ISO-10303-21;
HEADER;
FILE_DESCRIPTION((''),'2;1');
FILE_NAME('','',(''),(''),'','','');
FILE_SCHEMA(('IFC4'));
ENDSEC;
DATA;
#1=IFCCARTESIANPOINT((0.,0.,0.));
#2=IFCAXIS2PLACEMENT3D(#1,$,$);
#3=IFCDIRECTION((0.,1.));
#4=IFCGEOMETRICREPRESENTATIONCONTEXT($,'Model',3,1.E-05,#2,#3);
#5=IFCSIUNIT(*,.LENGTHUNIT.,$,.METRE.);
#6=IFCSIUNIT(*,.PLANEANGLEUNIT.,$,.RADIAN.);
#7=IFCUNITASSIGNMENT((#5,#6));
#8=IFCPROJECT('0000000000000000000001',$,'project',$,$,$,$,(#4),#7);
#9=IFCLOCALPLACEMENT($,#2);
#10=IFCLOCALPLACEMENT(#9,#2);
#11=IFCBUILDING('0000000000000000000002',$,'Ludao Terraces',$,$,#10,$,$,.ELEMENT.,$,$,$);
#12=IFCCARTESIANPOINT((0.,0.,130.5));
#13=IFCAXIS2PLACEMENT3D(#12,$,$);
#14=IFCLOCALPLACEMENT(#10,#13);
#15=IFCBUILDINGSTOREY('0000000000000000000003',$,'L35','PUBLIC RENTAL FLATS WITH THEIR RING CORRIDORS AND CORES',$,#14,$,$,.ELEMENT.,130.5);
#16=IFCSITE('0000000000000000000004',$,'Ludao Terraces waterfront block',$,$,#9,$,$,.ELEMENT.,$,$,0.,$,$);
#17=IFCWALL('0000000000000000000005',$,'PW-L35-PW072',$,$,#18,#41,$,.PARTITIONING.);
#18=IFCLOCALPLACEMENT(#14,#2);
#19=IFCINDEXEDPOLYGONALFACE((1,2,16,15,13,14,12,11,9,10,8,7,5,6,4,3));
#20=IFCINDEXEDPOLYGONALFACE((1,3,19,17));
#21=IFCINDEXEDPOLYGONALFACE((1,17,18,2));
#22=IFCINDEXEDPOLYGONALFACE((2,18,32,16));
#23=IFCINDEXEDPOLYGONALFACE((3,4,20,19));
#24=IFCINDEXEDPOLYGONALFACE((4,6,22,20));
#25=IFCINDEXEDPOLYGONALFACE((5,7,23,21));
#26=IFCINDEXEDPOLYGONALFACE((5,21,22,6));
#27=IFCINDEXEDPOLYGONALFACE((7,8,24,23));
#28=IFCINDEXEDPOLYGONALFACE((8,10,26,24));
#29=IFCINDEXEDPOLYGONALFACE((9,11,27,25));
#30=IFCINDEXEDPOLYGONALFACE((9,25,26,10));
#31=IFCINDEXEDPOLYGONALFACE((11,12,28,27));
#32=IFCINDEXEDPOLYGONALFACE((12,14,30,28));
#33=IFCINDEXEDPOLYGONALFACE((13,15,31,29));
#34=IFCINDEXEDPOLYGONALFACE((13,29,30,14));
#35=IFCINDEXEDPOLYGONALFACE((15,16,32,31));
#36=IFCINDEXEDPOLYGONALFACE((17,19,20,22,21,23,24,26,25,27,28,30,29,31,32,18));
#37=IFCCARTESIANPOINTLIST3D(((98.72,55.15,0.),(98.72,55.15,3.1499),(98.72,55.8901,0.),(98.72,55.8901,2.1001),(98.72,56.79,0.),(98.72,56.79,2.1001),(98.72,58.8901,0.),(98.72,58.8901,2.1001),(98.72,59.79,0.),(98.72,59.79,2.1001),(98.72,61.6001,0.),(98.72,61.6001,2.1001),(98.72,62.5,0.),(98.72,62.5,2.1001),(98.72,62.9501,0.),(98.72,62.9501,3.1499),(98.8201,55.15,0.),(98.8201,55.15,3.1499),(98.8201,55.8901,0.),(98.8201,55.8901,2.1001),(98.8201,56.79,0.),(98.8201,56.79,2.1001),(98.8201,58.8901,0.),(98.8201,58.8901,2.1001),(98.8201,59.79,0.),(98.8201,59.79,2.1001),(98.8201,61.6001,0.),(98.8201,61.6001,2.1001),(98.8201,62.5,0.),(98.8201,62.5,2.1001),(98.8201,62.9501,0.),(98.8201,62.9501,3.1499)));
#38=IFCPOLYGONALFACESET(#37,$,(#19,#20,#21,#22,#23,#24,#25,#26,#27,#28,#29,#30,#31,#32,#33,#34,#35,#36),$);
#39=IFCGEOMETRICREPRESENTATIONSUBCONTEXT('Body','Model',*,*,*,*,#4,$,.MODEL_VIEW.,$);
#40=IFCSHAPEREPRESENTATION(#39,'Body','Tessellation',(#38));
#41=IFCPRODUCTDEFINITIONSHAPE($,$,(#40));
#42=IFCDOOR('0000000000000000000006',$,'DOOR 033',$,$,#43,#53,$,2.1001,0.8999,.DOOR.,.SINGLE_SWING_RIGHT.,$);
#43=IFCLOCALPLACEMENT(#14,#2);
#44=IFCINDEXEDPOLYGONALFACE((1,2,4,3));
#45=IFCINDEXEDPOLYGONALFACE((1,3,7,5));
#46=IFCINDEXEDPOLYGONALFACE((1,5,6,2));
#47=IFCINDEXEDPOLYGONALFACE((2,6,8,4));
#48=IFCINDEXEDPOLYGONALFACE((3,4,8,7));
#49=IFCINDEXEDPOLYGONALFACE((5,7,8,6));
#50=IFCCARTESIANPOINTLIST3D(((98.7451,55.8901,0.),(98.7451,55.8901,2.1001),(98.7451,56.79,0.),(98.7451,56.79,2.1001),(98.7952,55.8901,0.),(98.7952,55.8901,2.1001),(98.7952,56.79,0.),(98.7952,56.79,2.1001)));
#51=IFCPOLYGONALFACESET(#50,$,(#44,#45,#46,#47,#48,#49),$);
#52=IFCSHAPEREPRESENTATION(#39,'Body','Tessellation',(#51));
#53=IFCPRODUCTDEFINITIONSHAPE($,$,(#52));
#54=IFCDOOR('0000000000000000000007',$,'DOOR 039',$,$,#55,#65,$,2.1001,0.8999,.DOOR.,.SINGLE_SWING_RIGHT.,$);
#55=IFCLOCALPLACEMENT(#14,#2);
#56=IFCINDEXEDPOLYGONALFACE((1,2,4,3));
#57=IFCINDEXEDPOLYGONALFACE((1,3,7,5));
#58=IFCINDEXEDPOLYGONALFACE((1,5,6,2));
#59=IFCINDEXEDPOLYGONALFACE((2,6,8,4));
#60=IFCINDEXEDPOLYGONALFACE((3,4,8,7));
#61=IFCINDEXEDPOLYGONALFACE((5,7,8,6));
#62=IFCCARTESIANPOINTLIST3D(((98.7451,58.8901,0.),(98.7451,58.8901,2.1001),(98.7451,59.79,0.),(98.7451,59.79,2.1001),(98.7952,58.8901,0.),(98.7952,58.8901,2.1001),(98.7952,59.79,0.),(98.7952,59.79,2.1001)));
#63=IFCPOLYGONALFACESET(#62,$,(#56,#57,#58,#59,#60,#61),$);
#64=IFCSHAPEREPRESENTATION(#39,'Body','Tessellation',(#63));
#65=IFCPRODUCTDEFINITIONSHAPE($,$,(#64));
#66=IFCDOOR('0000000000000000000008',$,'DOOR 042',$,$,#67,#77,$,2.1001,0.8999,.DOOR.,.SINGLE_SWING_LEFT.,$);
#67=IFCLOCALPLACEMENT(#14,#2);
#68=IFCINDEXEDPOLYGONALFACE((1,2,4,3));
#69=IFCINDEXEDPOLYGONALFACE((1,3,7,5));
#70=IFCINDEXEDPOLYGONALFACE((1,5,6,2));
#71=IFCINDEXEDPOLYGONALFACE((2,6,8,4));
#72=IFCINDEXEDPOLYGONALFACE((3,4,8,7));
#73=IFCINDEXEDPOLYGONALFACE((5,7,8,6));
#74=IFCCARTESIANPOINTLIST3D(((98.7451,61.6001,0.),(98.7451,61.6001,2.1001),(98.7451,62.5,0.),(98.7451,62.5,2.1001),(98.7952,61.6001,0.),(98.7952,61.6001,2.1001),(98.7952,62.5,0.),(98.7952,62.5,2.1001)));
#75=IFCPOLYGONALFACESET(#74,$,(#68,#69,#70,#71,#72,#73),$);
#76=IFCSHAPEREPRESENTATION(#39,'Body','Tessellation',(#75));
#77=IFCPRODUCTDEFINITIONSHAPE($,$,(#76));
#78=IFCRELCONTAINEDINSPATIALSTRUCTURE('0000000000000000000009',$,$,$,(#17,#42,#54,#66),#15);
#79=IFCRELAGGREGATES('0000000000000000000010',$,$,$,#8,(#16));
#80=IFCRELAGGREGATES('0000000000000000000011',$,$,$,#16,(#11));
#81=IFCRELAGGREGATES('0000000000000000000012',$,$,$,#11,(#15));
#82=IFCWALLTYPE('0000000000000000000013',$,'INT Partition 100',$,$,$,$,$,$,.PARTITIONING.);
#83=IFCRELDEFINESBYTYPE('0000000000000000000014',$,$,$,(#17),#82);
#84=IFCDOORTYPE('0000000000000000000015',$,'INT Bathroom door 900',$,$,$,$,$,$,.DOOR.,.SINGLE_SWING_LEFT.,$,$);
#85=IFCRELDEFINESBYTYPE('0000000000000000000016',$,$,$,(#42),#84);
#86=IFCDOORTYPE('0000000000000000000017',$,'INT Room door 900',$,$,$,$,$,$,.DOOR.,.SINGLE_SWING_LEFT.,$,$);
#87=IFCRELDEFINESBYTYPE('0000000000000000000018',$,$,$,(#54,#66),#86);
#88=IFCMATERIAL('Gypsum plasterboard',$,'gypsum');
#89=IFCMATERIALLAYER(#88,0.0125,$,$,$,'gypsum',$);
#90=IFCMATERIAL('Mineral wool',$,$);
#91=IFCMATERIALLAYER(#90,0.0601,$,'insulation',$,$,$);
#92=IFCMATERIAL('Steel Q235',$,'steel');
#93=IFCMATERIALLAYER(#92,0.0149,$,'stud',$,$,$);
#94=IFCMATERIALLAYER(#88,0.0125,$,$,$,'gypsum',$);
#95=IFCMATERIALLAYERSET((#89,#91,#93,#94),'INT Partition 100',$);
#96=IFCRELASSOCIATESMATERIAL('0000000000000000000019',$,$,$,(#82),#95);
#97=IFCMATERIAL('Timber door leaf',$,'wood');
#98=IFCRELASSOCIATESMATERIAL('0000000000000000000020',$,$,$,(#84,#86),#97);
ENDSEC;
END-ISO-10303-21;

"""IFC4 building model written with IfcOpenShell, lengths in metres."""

from ifc_helpers import new_model, si_unit, direction, frame, frame_2d, origin, place, context, subcontext, project, spatial, rectangle, extrude, material, layer, layer_set, type_object, element, fill, save


model = new_model("IFC4")

# Units and contexts
model_context = context("Model", 3, precision=1e-05, world=origin(), true_north=direction((0.0, 1.0)))
body_context = subcontext(model_context, "Body", "Model", "MODEL_VIEW")
ifc_project = project(units=[si_unit("LENGTHUNIT", "METRE"), si_unit("PLANEANGLEUNIT", "RADIAN")], contexts=[model_context])

# Site, building, storey
site_placement = place(None, origin())
site = spatial("IfcSite", under=ifc_project, at=site_placement, Name="Ludao Terraces waterfront block", CompositionType="ELEMENT", RefElevation=0.0)
building_placement = place(site_placement, origin())
building = spatial("IfcBuilding", under=site, at=building_placement, Name="Ludao Terraces", CompositionType="ELEMENT")
storey_placement = place(building_placement, frame((0.0, 0.0, 130.5)))
storey = spatial("IfcBuildingStorey", under=building, at=storey_placement, Name="L35", Description="PUBLIC RENTAL FLATS WITH THEIR RING CORRIDORS AND CORES", CompositionType="ELEMENT", Elevation=130.5)

# Shared definitions
ifc_material_1 = material(Name="Mineral wool")

# Shared definitions
ifc_material_2 = material(Name="Steel Q235", Category="steel")

# Shared definitions
ifc_material_3 = material(Name="Gypsum plasterboard", Category="gypsum")
ifc_layer_1 = layer(ifc_material_3, 0.0125, Category="gypsum")
ifc_layer_2 = layer(ifc_material_1, 0.0601, Name="insulation")
ifc_layer_3 = layer(ifc_material_2, 0.0149, Name="stud")
ifc_layer_4 = layer(ifc_material_3, 0.0125, Category="gypsum")
ifc_layer_set_1 = layer_set([ifc_layer_1, ifc_layer_2, ifc_layer_3, ifc_layer_4], Name="INT Partition 100")
wall_type_1 = type_object("IfcWallType", Name="INT Partition 100", PredefinedType="PARTITIONING", material=ifc_layer_set_1)

# Wall, openings, doors
wall_1_placement = place(storey_placement, frame((98.77, 55.1501, 0.0), z_axis=(0.0, 0.0, 1.0), x_axis=(0.0, 1.0, 0.0)))
wall_1 = element("IfcWall", 1, at=wall_1_placement, inside=storey, type_object=wall_type_1, Name="PW-L35-PW072", PredefinedType="PARTITIONING", context=body_context, shape_type="SweptSolid", body=[
    extrude(rectangle(XDim=7.8, YDim=0.1001, at=frame_2d((3.8999, 0.0))), origin(), (0.0, 0.0, 1.0), 3.1499),
])
opening_1_placement = place(wall_1_placement, frame((0.74, 0.0, 0.0)))
opening_1 = element("IfcOpeningElement", 2, at=opening_1_placement, cuts=wall_1, PredefinedType="OPENING", context=body_context, shape_type="SweptSolid", body=[
    extrude(rectangle(XDim=0.8999, YDim=2.1001, at=frame_2d((0.45, 1.05))), frame((0.0, 0.0601, 0.0), z_axis=(0.0, -1.0, 0.0), x_axis=(1.0, 0.0, 0.0)), (0.0, 0.0, 1.0), 0.1201),
])
opening_2_placement = place(wall_1_placement, frame((3.74, 0.0, 0.0)))
opening_2 = element("IfcOpeningElement", 3, at=opening_2_placement, cuts=wall_1, PredefinedType="OPENING", context=body_context, shape_type="SweptSolid", body=[
    extrude(rectangle(XDim=0.8999, YDim=2.1001, at=frame_2d((0.45, 1.05))), frame((0.0, 0.0601, 0.0), z_axis=(0.0, -1.0, 0.0), x_axis=(1.0, 0.0, 0.0)), (0.0, 0.0, 1.0), 0.1201),
])
opening_3_placement = place(wall_1_placement, frame((6.45, 0.0, 0.0)))
opening_3 = element("IfcOpeningElement", 4, at=opening_3_placement, cuts=wall_1, PredefinedType="OPENING", context=body_context, shape_type="SweptSolid", body=[
    extrude(rectangle(XDim=0.8999, YDim=2.1001, at=frame_2d((0.45, 1.05))), frame((0.0, 0.0601, 0.0), z_axis=(0.0, -1.0, 0.0), x_axis=(1.0, 0.0, 0.0)), (0.0, 0.0, 1.0), 0.1201),
])
ifc_material_4 = material(Name="Timber door leaf", Category="wood")
door_type_1 = type_object("IfcDoorType", Name="INT Bathroom door 900", OperationType="SINGLE_SWING_LEFT", PredefinedType="DOOR", material=ifc_material_4)
door_1_placement = place(opening_1_placement, origin())
door_1 = element("IfcDoor", 5, at=door_1_placement, inside=storey, type_object=door_type_1, Name="DOOR 033", OperationType="SINGLE_SWING_RIGHT", OverallHeight=2.1001, OverallWidth=0.8999, PredefinedType="DOOR", context=body_context, shape_type="SweptSolid", body=[
    extrude(rectangle(XDim=0.8999, YDim=2.1001, at=frame_2d((0.45, 1.05))), frame((0.0, 0.0249, 0.0), z_axis=(0.0, -1.0, 0.0), x_axis=(1.0, 0.0, 0.0)), (0.0, 0.0, 1.0), 0.05),
])
fill(opening_1, door_1)
door_type_2 = type_object("IfcDoorType", Name="INT Room door 900", OperationType="SINGLE_SWING_LEFT", PredefinedType="DOOR", material=ifc_material_4)
door_2_placement = place(opening_2_placement, origin())
door_2 = element("IfcDoor", 6, at=door_2_placement, inside=storey, type_object=door_type_2, Name="DOOR 039", OperationType="SINGLE_SWING_RIGHT", OverallHeight=2.1001, OverallWidth=0.8999, PredefinedType="DOOR", context=body_context, shape_type="SweptSolid", body=[
    extrude(rectangle(XDim=0.8999, YDim=2.1001, at=frame_2d((0.45, 1.05))), frame((0.0, 0.0249, 0.0), z_axis=(0.0, -1.0, 0.0), x_axis=(1.0, 0.0, 0.0)), (0.0, 0.0, 1.0), 0.05),
])
fill(opening_2, door_2)
door_3_placement = place(opening_3_placement, origin())
door_3 = element("IfcDoor", 7, at=door_3_placement, inside=storey, type_object=door_type_2, Name="DOOR 042", OperationType="SINGLE_SWING_LEFT", OverallHeight=2.1001, OverallWidth=0.8999, PredefinedType="DOOR", context=body_context, shape_type="SweptSolid", body=[
    extrude(rectangle(XDim=0.8999, YDim=2.1001, at=frame_2d((0.45, 1.05))), frame((0.0, 0.0249, 0.0), z_axis=(0.0, -1.0, 0.0), x_axis=(1.0, 0.0, 0.0)), (0.0, 0.0, 1.0), 0.05),
])
fill(opening_3, door_3)

save(model, "model.ifc")
